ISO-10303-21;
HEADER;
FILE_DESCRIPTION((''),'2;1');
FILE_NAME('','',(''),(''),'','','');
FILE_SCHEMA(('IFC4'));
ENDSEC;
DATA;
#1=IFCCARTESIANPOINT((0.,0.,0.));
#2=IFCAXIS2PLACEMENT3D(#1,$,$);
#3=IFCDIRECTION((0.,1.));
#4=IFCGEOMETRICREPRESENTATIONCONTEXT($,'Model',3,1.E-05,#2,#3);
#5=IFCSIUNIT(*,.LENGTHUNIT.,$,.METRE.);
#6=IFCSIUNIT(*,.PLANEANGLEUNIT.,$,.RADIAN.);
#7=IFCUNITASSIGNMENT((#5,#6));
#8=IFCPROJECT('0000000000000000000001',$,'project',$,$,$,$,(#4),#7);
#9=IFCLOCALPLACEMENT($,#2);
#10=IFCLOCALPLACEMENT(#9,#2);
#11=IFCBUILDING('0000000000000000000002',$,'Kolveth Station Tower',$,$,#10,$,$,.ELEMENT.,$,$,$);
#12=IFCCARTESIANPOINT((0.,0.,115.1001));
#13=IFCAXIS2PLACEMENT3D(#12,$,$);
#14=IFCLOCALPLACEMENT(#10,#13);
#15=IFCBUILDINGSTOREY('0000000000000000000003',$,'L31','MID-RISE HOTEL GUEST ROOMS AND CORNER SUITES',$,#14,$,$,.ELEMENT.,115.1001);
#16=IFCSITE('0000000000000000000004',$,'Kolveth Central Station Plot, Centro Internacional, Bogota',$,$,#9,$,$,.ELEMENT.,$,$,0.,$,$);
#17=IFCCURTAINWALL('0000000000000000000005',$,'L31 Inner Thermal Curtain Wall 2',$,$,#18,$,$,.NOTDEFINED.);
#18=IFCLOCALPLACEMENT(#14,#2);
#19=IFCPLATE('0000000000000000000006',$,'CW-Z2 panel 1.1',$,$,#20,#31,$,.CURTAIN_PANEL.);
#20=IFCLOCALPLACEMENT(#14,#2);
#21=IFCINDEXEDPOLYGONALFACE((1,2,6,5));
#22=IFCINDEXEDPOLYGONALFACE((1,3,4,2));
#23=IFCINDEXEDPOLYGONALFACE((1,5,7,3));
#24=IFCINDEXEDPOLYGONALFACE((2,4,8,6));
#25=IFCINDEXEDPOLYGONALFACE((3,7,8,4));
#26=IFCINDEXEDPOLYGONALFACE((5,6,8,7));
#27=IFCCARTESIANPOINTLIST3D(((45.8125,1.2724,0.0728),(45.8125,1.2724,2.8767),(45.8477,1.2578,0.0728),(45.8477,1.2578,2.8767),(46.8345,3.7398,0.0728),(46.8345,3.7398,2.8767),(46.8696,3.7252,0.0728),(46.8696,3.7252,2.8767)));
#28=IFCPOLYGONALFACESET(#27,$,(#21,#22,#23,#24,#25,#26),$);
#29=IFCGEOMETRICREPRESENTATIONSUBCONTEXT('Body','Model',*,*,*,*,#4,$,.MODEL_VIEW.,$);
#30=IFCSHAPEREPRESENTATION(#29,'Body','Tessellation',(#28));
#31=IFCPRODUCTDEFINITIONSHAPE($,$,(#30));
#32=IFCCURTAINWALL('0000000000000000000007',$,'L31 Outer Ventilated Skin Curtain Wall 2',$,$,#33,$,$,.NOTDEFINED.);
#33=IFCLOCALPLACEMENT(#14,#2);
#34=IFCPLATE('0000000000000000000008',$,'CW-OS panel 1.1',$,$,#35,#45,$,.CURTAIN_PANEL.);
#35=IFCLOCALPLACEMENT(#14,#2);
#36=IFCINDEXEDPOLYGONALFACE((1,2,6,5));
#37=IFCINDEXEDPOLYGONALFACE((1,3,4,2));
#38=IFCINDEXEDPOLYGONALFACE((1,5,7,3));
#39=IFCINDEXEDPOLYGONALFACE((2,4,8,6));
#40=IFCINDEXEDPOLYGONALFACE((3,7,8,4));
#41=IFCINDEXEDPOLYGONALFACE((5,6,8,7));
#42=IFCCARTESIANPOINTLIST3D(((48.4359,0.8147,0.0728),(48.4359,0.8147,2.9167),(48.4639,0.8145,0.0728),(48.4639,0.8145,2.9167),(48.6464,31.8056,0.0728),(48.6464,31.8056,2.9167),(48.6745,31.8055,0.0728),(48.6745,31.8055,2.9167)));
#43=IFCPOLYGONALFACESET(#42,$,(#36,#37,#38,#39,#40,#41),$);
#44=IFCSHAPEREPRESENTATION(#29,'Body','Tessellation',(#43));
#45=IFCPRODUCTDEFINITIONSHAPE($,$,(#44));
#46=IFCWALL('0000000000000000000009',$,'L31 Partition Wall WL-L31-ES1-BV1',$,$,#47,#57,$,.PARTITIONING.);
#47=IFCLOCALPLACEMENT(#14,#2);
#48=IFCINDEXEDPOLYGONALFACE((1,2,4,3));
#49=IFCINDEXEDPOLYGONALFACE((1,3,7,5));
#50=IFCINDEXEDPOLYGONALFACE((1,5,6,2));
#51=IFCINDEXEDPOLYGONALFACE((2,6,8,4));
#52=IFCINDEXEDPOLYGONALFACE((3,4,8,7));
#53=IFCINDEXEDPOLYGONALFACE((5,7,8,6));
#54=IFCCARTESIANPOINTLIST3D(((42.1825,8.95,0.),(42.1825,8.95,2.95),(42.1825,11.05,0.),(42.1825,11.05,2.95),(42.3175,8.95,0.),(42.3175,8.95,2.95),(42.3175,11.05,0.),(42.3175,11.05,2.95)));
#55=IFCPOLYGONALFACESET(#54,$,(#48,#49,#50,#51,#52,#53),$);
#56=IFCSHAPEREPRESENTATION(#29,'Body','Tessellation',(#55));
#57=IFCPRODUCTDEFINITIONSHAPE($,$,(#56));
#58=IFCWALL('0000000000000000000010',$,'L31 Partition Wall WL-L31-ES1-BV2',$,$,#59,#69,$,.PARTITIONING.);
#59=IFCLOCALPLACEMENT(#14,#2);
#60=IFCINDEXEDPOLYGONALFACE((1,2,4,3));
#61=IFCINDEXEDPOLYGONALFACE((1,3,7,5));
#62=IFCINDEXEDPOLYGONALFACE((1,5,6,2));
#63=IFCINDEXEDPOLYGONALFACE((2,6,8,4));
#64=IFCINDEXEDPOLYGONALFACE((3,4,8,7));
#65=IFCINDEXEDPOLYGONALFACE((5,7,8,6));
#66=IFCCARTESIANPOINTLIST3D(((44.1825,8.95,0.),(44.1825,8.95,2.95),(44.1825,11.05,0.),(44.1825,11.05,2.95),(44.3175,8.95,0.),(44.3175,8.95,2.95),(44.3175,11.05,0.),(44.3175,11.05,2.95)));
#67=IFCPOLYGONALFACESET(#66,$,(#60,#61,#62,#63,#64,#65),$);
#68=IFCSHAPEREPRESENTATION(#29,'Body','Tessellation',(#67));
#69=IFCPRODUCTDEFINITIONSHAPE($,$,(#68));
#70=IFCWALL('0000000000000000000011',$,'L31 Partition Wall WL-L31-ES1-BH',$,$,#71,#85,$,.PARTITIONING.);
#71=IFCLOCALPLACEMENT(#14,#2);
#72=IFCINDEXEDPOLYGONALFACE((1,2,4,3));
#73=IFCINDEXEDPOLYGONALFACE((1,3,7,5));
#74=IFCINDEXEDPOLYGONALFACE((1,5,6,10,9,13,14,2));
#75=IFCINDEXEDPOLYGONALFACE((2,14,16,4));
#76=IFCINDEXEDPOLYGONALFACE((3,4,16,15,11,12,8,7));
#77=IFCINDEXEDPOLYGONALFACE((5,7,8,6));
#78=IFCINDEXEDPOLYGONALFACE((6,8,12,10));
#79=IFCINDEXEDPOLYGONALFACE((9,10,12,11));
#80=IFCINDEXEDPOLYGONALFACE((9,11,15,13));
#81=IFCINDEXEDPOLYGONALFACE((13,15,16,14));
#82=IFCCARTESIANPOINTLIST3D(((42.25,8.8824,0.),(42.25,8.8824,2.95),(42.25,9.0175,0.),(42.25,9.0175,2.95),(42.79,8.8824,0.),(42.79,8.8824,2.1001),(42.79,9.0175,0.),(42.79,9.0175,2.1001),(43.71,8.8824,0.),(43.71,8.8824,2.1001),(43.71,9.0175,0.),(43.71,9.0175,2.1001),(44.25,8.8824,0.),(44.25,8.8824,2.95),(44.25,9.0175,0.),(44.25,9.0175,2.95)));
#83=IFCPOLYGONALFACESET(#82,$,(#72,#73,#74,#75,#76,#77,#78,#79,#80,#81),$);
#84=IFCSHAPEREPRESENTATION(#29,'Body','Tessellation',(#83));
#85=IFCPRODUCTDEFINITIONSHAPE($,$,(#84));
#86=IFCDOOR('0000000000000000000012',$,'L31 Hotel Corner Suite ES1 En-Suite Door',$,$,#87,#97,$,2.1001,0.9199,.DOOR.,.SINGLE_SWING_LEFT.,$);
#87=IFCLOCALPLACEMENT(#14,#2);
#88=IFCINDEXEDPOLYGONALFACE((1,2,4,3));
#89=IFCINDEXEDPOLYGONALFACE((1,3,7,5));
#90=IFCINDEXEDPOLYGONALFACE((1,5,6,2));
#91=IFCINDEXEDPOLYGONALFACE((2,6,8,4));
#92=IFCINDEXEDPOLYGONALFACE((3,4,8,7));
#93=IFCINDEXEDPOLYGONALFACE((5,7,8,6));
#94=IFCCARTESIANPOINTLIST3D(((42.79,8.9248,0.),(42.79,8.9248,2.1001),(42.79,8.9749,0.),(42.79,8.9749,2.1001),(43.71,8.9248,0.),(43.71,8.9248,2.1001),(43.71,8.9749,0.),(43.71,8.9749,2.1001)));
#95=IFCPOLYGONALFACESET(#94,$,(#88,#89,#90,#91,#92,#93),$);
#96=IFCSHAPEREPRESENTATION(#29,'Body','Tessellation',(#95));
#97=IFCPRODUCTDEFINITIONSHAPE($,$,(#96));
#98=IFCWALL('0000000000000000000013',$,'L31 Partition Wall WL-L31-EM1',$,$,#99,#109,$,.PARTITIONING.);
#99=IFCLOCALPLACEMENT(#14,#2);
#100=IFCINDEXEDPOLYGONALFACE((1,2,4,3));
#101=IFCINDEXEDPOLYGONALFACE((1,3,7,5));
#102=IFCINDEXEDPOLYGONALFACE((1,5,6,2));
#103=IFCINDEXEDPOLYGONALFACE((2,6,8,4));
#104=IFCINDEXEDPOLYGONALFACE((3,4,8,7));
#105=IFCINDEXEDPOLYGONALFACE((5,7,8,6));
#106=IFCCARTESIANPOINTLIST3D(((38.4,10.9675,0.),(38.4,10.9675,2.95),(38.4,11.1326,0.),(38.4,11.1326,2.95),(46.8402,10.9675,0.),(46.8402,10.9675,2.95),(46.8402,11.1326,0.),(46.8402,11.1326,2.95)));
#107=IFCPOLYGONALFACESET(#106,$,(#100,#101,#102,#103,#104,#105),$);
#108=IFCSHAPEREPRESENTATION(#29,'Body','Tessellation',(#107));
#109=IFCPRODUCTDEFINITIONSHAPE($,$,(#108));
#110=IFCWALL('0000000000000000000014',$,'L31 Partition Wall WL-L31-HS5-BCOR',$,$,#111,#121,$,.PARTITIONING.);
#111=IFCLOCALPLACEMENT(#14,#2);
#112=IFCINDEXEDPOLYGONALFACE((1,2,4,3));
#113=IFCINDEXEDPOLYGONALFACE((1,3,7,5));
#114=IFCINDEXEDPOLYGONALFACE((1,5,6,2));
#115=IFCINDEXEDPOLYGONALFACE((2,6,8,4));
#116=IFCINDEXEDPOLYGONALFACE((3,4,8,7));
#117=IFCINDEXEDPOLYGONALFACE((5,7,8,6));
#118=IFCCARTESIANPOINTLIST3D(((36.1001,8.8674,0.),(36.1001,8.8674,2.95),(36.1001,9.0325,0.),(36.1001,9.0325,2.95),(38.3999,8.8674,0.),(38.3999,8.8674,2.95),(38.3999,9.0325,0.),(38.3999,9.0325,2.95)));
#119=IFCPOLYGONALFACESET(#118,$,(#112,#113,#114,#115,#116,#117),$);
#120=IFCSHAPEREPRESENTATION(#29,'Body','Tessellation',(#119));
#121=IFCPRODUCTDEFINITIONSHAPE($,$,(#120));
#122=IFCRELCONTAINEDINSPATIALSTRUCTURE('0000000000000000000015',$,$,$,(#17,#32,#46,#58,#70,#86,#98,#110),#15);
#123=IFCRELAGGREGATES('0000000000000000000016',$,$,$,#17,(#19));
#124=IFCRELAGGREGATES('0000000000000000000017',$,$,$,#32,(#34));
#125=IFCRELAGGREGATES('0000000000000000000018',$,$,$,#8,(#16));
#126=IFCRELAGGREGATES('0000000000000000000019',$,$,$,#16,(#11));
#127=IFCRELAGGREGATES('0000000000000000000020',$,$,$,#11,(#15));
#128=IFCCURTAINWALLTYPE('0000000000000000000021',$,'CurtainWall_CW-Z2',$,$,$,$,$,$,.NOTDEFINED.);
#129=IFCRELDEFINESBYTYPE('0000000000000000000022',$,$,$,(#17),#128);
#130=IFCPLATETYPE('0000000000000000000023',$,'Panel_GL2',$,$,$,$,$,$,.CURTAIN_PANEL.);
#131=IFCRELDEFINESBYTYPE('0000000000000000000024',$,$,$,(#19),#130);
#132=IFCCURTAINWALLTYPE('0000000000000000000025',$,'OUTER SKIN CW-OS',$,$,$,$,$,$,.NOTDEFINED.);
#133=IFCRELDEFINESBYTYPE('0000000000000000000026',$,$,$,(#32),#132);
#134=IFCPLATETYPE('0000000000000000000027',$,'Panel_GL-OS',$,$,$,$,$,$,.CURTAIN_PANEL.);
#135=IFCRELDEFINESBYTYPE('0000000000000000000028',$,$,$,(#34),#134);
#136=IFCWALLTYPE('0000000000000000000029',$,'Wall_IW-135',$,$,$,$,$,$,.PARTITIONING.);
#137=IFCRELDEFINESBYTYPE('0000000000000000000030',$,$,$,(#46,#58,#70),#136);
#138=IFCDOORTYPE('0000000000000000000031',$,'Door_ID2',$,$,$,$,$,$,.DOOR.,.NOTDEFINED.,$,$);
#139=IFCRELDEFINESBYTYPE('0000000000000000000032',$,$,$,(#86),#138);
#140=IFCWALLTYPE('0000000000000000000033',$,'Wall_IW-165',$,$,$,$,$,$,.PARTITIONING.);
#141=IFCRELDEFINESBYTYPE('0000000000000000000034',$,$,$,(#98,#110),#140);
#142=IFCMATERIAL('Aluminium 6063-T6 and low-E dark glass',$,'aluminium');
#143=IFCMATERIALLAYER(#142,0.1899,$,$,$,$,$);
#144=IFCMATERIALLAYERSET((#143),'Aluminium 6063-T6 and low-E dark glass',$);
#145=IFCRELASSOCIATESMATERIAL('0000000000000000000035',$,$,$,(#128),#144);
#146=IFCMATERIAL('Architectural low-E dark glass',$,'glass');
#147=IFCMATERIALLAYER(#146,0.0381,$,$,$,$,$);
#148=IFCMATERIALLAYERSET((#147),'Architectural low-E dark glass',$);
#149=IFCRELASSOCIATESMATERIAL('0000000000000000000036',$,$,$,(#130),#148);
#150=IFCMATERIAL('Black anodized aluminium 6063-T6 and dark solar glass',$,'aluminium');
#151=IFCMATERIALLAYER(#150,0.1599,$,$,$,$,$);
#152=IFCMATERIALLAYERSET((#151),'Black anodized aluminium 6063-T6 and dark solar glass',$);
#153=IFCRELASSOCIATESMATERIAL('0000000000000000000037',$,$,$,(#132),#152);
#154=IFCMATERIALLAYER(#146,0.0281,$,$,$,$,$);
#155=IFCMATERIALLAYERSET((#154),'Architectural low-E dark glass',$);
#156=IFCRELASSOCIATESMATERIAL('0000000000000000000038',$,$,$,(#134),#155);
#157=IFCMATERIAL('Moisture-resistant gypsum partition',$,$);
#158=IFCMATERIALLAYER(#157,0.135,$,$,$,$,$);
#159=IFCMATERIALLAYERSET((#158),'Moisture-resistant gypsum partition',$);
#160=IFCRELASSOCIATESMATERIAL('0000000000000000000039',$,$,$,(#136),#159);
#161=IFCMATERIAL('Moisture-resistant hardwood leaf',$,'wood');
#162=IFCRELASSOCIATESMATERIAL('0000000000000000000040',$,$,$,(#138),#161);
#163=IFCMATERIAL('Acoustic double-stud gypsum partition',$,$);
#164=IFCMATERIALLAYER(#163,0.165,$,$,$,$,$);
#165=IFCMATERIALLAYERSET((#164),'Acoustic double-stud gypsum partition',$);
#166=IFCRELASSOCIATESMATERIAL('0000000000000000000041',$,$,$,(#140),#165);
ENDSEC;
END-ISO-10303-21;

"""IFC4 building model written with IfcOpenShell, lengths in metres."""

from ifc_helpers import new_model, si_unit, direction, frame, frame_2d, origin, origin_2d, place, context, subcontext, project, spatial, rectangle, extrude, source, transform, mapped, material, layer, layer_set, type_object, element, fill, aggregate, save


model = new_model("IFC4")

# Units and contexts
model_context = context("Model", 3, precision=1e-05, world=origin(), true_north=direction((0.0, 1.0)))
body_context = subcontext(model_context, "Body", "Model", "MODEL_VIEW")
ifc_project = project(units=[si_unit("LENGTHUNIT", "METRE"), si_unit("PLANEANGLEUNIT", "RADIAN")], contexts=[model_context])

# Site, building, storey
site_placement = place(None, origin())
site = spatial("IfcSite", under=ifc_project, at=site_placement, Name="Kolveth Central Station Plot, Centro Internacional, Bogota", CompositionType="ELEMENT", RefElevation=0.0)
building_placement = place(site_placement, origin())
building = spatial("IfcBuilding", under=site, at=building_placement, Name="Kolveth Station Tower", CompositionType="ELEMENT")
storey_placement = place(building_placement, frame((0.0, 0.0, 115.1001)))
storey = spatial("IfcBuildingStorey", under=building, at=storey_placement, Name="L31", Description="MID-RISE HOTEL GUEST ROOMS AND CORNER SUITES", CompositionType="ELEMENT", Elevation=115.1001)

# Curtain wall
ifc_material_1 = material(Name="Aluminium 6063-T6 and low-E dark glass", Category="aluminium")
ifc_layer_1 = layer(ifc_material_1, 0.1899)
ifc_layer_set_1 = layer_set([ifc_layer_1], Name="Aluminium 6063-T6 and low-E dark glass")
curtain_wall_type_1 = type_object("IfcCurtainWallType", Name="CurtainWall_CW-Z2", PredefinedType="NOTDEFINED", material=ifc_layer_set_1)
curtain_wall_1_placement = place(storey_placement, origin())
curtain_wall_1 = element("IfcCurtainWall", 1, at=curtain_wall_1_placement, inside=storey, type_object=curtain_wall_type_1, Name="L31 Inner Thermal Curtain Wall 2", PredefinedType="NOTDEFINED")

# Plate
ifc_material_2 = material(Name="Architectural low-E dark glass", Category="glass")
ifc_layer_2 = layer(ifc_material_2, 0.0381)
ifc_layer_set_2 = layer_set([ifc_layer_2], Name="Architectural low-E dark glass")
plate_type_1 = type_object("IfcPlateType", Name="Panel_GL2", PredefinedType="CURTAIN_PANEL", material=ifc_layer_set_2)
shared_shape_1 = source(origin(), body_context, "Body", "SweptSolid", [
    extrude(rectangle(XDim=2.6707, YDim=0.0381, at=origin_2d()), origin(), (0.0, 0.0, 1.0), 2.804),
])
plate_1_placement = place(storey_placement, frame((46.3411, 2.4988, 0.0728), z_axis=(0.0, 0.0, 1.0), x_axis=(0.382663, 0.923888, 0.0)))
plate_1 = element("IfcPlate", 2, at=plate_1_placement, type_object=plate_type_1, Name="CW-Z2 panel 1.1", PredefinedType="CURTAIN_PANEL", context=body_context, shape_type="MappedRepresentation", body=[
    mapped(shared_shape_1, transform((0.0, 0.0, 0.0), x_axis=(1.0, 0.0, 0.0), y_axis=(0.0, 1.0, 0.0), z_axis=(0.0, 0.0, 1.0), scale=1.0)),
])
aggregate(curtain_wall_1, [plate_1])

# Curtain wall, plate
ifc_material_3 = material(Name="Black anodized aluminium 6063-T6 and dark solar glass", Category="aluminium")
ifc_layer_3 = layer(ifc_material_3, 0.1599)
ifc_layer_set_3 = layer_set([ifc_layer_3], Name="Black anodized aluminium 6063-T6 and dark solar glass")
curtain_wall_type_2 = type_object("IfcCurtainWallType", Name="OUTER SKIN CW-OS", PredefinedType="NOTDEFINED", material=ifc_layer_set_3)
curtain_wall_2_placement = place(storey_placement, origin())
curtain_wall_2 = element("IfcCurtainWall", 3, at=curtain_wall_2_placement, inside=storey, type_object=curtain_wall_type_2, Name="L31 Outer Ventilated Skin Curtain Wall 2", PredefinedType="NOTDEFINED")
ifc_layer_4 = layer(ifc_material_2, 0.0281)
ifc_layer_set_4 = layer_set([ifc_layer_4], Name="Architectural low-E dark glass")
plate_type_2 = type_object("IfcPlateType", Name="Panel_GL-OS", PredefinedType="CURTAIN_PANEL", material=ifc_layer_set_4)
shared_shape_2 = source(origin(), body_context, "Body", "SweptSolid", [
    extrude(rectangle(XDim=30.9917, YDim=0.0281, at=origin_2d()), origin(), (0.0, 0.0, 1.0), 2.844),
])
plate_2_placement = place(storey_placement, frame((48.5552, 16.3101, 0.0728), z_axis=(0.0, 0.0, 1.0), x_axis=(0.006794, 0.999977, 0.0)))
plate_2 = element("IfcPlate", 4, at=plate_2_placement, type_object=plate_type_2, Name="CW-OS panel 1.1", PredefinedType="CURTAIN_PANEL", context=body_context, shape_type="MappedRepresentation", body=[
    mapped(shared_shape_2, transform((0.0, 0.0, 0.0), x_axis=(1.0, 0.0, 0.0), y_axis=(0.0, 1.0, 0.0), z_axis=(0.0, 0.0, 1.0), scale=1.0)),
])
aggregate(curtain_wall_2, [plate_2])

# Walls
ifc_material_4 = material(Name="Moisture-resistant gypsum partition")
ifc_layer_5 = layer(ifc_material_4, 0.135)
ifc_layer_set_5 = layer_set([ifc_layer_5], Name="Moisture-resistant gypsum partition")
wall_type_1 = type_object("IfcWallType", Name="Wall_IW-135", PredefinedType="PARTITIONING", material=ifc_layer_set_5)
for number, where, z_axis, x_axis, name in (
    (5, (42.25, 8.95, 0.0), (0.0, 0.0, 1.0), (0.0, 1.0, 0.0), "L31 Partition Wall WL-L31-ES1-BV1"),
    (6, (44.25, 8.95, 0.0), (0.0, 0.0, 1.0), (0.0, 1.0, 0.0), "L31 Partition Wall WL-L31-ES1-BV2"),
):
    element("IfcWall", number, at=place(storey_placement, frame(where, z_axis=z_axis, x_axis=x_axis)), inside=storey, type_object=wall_type_1, Name=name, PredefinedType="PARTITIONING", context=body_context, shape_type="SweptSolid", body=[
        extrude(rectangle(XDim=2.1001, YDim=0.135, at=frame_2d((1.05, 0.0))), origin(), (0.0, 0.0, 1.0), 2.95),
    ])

# Wall, opening, door
wall_1_placement = place(storey_placement, frame((42.25, 8.95, 0.0), z_axis=(0.0, 0.0, 1.0), x_axis=(1.0, 0.0, 0.0)))
wall_1 = element("IfcWall", 7, at=wall_1_placement, inside=storey, type_object=wall_type_1, Name="L31 Partition Wall WL-L31-ES1-BH", PredefinedType="PARTITIONING", context=body_context, shape_type="SweptSolid", body=[
    extrude(rectangle(XDim=2.0, YDim=0.135, at=frame_2d((1.0, 0.0))), origin(), (0.0, 0.0, 1.0), 2.95),
])
opening_placement = place(wall_1_placement, frame((0.54, 0.0, 0.0)))
opening = element("IfcOpeningElement", 8, at=opening_placement, cuts=wall_1, PredefinedType="OPENING", context=body_context, shape_type="SweptSolid", body=[
    extrude(rectangle(XDim=0.9199, YDim=2.1001, at=frame_2d((0.46, 1.05))), frame((0.0, 0.0774, 0.0), z_axis=(0.0, -1.0, 0.0), x_axis=(1.0, 0.0, 0.0)), (0.0, 0.0, 1.0), 0.155),
])
ifc_material_5 = material(Name="Moisture-resistant hardwood leaf", Category="wood")
door_type = type_object("IfcDoorType", Name="Door_ID2", OperationType="NOTDEFINED", PredefinedType="DOOR", material=ifc_material_5)
door_placement = place(opening_placement, origin())
door = element("IfcDoor", 9, at=door_placement, inside=storey, type_object=door_type, Name="L31 Hotel Corner Suite ES1 En-Suite Door", OperationType="SINGLE_SWING_LEFT", OverallHeight=2.1001, OverallWidth=0.9199, PredefinedType="DOOR", context=body_context, shape_type="SweptSolid", body=[
    extrude(rectangle(XDim=0.9199, YDim=2.1001, at=frame_2d((0.46, 1.05))), frame((0.0, 0.0249, 0.0), z_axis=(0.0, -1.0, 0.0), x_axis=(1.0, 0.0, 0.0)), (0.0, 0.0, 1.0), 0.05),
])
fill(opening, door)

# Walls
ifc_material_6 = material(Name="Acoustic double-stud gypsum partition")
ifc_layer_6 = layer(ifc_material_6, 0.165)
ifc_layer_set_6 = layer_set([ifc_layer_6], Name="Acoustic double-stud gypsum partition")
wall_type_2 = type_object("IfcWallType", Name="Wall_IW-165", PredefinedType="PARTITIONING", material=ifc_layer_set_6)
wall_2_placement = place(storey_placement, frame((38.3999, 11.05, 0.0), z_axis=(0.0, 0.0, 1.0), x_axis=(1.0, 0.0, 0.0)))
element("IfcWall", 10, at=wall_2_placement, inside=storey, type_object=wall_type_2, Name="L31 Partition Wall WL-L31-EM1", PredefinedType="PARTITIONING", context=body_context, shape_type="SweptSolid", body=[
    extrude(rectangle(XDim=8.4402, YDim=0.165, at=frame_2d((4.2202, 0.0))), origin(), (0.0, 0.0, 1.0), 2.95),
])
wall_3_placement = place(storey_placement, frame((36.1001, 8.95, 0.0), z_axis=(0.0, 0.0, 1.0), x_axis=(1.0, 0.0, 0.0)))
element("IfcWall", 11, at=wall_3_placement, inside=storey, type_object=wall_type_2, Name="L31 Partition Wall WL-L31-HS5-BCOR", PredefinedType="PARTITIONING", context=body_context, shape_type="SweptSolid", body=[
    extrude(rectangle(XDim=2.2998, YDim=0.165, at=frame_2d((1.1499, 0.0))), origin(), (0.0, 0.0, 1.0), 2.95),
])

save(model, "model.ifc")
